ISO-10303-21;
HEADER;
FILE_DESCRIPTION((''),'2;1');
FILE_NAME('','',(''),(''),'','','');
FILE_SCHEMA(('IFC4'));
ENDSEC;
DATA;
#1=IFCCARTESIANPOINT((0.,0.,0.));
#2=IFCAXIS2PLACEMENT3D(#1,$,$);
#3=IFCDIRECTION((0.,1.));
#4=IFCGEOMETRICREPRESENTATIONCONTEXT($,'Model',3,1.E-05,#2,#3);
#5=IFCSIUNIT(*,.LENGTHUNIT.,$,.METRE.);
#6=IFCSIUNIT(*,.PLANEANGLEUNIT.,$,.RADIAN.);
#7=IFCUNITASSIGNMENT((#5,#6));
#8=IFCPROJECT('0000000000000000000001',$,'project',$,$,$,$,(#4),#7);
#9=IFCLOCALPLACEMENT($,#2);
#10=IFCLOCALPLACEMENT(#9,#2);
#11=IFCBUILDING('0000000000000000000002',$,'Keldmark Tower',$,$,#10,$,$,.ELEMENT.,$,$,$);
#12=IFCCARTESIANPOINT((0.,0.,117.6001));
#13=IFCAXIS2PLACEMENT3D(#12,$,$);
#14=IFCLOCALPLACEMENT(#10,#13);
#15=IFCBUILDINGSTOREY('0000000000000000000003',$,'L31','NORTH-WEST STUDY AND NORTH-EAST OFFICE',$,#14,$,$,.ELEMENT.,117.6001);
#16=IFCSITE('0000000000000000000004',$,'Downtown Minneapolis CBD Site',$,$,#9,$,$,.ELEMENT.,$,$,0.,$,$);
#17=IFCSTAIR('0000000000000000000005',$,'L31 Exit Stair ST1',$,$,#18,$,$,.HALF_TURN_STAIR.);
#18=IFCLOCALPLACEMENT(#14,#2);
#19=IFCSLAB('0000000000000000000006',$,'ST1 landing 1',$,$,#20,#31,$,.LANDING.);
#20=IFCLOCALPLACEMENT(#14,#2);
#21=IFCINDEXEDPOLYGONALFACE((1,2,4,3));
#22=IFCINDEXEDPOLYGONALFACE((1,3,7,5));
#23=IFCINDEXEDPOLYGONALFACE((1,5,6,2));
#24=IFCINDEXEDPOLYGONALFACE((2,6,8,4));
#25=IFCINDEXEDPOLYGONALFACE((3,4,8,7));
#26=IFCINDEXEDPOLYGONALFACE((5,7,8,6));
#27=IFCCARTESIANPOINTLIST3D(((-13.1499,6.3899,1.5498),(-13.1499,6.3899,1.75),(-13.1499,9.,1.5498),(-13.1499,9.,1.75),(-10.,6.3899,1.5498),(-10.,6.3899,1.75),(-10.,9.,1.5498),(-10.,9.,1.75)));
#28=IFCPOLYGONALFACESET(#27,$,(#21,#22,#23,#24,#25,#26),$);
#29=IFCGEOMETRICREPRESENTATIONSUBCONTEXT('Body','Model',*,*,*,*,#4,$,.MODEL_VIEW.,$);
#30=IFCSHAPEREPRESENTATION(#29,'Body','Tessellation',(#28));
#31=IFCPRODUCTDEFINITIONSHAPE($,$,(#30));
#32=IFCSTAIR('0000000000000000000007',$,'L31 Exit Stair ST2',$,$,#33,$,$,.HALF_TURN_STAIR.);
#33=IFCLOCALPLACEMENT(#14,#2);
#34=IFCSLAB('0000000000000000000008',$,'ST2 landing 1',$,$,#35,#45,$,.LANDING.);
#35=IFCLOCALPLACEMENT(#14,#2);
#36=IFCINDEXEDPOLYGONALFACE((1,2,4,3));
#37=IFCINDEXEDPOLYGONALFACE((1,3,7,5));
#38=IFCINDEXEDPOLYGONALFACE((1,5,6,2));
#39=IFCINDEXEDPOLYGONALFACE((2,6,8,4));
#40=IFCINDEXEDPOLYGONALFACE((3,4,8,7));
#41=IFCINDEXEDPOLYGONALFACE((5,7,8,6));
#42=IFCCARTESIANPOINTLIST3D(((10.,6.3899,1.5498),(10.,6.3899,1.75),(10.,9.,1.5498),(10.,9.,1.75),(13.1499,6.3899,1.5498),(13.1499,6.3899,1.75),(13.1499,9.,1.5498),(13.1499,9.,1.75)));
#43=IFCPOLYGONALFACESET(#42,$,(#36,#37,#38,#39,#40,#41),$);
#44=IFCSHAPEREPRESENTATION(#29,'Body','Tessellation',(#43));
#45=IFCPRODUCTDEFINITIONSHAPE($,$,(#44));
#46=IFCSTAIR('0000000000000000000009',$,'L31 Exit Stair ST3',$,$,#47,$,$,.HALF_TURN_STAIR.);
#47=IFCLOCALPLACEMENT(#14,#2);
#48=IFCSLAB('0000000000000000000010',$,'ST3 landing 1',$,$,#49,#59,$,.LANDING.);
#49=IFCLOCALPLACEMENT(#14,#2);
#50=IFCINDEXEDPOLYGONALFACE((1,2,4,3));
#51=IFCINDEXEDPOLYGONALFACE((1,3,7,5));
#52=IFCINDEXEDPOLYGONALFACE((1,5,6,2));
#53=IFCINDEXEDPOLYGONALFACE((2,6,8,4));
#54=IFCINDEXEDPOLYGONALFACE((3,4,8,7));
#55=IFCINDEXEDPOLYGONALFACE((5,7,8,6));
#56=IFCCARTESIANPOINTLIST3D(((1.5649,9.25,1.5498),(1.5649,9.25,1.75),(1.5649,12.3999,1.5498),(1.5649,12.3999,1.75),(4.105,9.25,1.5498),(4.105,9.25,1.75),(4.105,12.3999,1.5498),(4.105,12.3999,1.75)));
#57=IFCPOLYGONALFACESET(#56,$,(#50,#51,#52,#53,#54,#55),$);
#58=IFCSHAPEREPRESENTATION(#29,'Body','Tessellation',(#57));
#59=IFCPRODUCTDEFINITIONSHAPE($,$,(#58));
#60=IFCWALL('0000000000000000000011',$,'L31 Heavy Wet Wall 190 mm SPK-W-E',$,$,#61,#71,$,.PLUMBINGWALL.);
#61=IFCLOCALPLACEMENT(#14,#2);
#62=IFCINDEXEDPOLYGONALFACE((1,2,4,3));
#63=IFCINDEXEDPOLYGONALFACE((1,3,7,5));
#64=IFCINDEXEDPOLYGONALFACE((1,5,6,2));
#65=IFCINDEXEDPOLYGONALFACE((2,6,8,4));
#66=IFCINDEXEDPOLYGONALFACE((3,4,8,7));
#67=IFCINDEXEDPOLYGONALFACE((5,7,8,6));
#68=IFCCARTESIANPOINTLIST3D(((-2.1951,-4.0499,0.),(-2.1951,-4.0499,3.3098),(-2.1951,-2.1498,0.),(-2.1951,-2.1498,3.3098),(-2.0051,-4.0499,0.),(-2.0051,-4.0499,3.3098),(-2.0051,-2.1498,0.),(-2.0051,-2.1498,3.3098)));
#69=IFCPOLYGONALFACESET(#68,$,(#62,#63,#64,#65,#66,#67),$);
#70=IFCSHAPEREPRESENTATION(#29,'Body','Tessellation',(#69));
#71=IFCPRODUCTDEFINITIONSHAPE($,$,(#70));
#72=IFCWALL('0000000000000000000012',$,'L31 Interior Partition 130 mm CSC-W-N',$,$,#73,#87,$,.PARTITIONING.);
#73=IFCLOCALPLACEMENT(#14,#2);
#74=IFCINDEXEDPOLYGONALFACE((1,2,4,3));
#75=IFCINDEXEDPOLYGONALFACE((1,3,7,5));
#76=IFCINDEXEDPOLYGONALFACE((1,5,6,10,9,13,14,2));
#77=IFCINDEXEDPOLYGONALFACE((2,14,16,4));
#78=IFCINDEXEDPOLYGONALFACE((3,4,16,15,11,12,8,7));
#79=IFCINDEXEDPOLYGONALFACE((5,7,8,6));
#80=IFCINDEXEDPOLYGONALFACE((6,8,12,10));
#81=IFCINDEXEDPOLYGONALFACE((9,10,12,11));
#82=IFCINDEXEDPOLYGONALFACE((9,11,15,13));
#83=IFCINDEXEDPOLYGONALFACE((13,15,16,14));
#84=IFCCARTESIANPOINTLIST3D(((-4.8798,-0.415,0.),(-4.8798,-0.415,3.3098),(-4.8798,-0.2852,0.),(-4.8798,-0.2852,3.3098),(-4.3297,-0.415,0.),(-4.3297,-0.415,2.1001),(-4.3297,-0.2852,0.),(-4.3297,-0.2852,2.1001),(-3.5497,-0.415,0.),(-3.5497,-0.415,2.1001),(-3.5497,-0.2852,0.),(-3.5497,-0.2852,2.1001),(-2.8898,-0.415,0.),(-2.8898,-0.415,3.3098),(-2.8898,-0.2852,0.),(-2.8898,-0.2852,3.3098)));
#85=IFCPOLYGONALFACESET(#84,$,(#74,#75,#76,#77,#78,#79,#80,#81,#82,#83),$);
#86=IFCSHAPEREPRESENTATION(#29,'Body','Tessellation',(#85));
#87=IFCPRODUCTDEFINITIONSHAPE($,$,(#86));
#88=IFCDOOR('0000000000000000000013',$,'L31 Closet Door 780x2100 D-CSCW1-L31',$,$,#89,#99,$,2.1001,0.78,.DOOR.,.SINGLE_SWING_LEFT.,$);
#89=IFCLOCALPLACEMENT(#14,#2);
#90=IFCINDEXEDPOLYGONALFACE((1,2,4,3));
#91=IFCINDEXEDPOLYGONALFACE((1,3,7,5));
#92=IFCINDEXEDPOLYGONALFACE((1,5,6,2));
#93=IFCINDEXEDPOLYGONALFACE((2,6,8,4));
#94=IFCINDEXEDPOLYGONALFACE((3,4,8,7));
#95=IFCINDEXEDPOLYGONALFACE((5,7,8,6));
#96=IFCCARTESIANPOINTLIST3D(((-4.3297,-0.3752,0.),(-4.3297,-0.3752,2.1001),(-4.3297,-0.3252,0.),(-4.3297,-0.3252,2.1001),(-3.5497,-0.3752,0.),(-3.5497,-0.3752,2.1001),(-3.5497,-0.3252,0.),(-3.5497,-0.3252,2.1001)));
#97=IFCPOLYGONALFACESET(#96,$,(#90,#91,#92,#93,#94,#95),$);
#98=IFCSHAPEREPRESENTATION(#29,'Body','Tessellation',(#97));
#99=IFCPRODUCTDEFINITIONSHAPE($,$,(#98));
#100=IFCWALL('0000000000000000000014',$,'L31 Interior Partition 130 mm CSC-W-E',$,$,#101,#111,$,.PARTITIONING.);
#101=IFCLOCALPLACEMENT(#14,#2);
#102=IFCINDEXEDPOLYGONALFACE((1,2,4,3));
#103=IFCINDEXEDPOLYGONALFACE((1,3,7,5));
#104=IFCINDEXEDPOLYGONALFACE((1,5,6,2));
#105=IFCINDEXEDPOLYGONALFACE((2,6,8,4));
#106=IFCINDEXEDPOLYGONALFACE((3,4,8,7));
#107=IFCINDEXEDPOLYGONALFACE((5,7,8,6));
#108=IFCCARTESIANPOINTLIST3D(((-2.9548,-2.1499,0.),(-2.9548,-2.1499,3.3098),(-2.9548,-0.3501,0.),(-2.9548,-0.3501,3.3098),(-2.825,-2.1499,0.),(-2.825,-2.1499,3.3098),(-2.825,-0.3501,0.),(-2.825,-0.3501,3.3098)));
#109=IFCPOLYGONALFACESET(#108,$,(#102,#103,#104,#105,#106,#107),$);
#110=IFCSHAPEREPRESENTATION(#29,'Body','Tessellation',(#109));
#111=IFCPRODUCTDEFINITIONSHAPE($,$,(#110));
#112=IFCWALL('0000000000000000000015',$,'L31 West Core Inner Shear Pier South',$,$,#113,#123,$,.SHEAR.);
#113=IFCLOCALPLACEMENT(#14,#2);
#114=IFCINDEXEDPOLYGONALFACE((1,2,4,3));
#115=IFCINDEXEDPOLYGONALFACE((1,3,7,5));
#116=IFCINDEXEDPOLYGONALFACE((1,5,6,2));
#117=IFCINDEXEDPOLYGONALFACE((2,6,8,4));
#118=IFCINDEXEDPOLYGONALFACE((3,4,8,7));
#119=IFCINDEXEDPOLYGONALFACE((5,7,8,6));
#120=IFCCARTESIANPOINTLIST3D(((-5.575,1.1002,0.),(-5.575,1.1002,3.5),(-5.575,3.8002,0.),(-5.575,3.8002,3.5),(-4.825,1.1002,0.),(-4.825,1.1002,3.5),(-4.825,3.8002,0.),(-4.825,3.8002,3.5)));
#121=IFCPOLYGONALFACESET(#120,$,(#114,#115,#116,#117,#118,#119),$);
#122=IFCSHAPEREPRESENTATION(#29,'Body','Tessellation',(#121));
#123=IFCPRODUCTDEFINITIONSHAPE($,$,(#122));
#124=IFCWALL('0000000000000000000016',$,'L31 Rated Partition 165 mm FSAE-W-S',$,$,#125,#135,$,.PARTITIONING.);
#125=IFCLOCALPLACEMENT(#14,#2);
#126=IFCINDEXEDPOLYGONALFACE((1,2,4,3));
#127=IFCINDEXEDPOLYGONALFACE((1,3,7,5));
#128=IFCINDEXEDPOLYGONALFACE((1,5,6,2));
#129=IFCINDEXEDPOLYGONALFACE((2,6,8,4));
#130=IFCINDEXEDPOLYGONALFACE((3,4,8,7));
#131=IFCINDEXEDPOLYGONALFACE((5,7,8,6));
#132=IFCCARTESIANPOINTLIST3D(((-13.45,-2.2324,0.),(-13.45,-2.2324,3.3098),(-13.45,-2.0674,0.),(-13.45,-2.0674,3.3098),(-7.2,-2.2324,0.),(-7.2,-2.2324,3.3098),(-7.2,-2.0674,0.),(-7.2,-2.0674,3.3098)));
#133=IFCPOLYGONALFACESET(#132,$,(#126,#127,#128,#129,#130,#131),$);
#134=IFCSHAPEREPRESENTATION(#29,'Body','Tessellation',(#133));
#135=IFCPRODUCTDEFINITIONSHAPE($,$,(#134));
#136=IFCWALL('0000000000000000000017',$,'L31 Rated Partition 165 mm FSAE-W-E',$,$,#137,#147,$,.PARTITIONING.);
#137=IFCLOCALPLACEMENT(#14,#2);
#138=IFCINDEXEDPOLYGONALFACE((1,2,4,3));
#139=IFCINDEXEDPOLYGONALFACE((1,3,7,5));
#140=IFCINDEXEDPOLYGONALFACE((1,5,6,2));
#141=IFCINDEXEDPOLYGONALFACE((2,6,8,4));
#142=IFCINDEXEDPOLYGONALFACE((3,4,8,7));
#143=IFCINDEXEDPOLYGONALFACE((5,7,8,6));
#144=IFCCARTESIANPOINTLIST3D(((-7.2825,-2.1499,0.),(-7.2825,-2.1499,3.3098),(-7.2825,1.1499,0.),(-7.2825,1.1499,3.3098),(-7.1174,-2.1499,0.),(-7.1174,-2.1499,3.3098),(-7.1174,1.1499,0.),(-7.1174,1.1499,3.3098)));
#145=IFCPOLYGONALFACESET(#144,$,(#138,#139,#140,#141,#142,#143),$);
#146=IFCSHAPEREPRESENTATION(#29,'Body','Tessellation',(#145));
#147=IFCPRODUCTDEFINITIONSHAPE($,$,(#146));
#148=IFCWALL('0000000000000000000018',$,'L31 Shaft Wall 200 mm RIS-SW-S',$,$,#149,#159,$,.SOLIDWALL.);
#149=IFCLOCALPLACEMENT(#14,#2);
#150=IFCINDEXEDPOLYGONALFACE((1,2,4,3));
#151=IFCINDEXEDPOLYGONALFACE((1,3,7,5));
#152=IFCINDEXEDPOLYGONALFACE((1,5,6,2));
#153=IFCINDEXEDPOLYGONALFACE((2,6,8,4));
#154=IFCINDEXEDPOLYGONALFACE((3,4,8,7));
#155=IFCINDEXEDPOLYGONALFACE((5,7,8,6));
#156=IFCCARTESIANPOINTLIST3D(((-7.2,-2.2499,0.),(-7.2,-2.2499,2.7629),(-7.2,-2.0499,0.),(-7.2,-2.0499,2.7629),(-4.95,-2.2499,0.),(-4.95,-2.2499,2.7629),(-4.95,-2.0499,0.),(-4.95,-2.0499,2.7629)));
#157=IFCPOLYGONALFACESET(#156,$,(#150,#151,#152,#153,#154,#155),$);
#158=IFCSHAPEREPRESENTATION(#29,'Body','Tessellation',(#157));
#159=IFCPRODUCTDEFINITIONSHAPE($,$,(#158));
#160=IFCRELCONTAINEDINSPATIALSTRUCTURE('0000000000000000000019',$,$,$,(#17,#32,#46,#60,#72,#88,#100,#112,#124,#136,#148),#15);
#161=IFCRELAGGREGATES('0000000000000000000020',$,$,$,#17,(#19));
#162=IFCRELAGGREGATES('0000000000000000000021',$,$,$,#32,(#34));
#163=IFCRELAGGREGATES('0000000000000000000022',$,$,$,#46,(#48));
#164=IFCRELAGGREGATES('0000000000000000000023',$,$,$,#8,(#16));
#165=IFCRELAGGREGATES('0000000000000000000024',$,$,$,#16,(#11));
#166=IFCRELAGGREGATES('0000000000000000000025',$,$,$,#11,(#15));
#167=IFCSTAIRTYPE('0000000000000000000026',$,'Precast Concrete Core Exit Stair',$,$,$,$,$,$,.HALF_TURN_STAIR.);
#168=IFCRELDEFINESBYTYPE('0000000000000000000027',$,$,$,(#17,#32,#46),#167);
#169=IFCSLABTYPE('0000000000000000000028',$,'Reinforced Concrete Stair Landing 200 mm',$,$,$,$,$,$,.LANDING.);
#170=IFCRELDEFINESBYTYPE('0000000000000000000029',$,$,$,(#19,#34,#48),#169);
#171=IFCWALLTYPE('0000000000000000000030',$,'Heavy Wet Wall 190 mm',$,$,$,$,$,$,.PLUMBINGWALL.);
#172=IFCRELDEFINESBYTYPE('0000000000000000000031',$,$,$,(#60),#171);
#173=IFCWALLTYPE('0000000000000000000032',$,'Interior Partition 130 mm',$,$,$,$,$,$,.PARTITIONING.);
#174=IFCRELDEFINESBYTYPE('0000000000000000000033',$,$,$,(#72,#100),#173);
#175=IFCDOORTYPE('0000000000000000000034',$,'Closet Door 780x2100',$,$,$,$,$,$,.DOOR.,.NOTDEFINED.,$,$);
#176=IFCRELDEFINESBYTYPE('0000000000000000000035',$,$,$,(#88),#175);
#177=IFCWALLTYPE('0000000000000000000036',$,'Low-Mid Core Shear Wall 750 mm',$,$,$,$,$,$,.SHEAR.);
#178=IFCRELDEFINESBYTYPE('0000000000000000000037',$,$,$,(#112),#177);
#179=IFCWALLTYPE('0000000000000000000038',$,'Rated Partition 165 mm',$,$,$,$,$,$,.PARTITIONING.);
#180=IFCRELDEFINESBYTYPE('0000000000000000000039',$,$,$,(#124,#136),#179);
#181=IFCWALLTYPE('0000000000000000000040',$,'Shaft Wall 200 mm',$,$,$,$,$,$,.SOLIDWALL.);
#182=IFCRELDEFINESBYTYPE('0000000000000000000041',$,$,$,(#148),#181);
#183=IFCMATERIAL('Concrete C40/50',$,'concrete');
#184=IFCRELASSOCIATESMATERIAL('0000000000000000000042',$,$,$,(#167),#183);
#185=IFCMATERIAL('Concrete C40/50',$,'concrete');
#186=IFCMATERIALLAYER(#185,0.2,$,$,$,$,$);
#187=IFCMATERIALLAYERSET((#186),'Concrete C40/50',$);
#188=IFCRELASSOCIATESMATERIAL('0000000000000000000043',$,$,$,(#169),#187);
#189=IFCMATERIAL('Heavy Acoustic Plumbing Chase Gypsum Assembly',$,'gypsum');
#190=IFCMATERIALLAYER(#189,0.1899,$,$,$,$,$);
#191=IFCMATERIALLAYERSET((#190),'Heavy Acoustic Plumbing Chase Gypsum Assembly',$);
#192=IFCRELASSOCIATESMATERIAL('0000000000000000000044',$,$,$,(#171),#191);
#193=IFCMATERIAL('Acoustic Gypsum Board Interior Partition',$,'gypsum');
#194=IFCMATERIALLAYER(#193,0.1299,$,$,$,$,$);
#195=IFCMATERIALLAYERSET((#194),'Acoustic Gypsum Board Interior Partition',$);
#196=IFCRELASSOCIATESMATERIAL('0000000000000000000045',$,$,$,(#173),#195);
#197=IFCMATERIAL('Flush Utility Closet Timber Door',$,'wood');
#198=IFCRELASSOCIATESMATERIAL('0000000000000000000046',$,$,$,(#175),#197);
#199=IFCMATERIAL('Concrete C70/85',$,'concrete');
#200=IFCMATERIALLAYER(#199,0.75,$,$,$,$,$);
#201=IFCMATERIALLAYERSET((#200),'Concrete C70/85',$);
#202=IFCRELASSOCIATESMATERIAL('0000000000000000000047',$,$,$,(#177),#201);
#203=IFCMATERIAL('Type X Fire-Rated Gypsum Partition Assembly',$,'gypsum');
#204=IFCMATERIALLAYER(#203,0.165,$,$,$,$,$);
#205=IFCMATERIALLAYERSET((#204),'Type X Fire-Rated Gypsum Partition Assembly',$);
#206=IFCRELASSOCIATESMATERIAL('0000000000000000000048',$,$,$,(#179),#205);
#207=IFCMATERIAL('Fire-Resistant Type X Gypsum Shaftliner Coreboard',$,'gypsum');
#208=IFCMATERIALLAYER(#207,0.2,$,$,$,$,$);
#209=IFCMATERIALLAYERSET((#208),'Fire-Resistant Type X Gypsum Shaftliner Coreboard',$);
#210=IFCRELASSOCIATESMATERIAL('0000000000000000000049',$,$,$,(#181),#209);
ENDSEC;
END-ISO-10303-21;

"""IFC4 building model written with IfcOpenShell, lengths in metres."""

from ifc_helpers import new_model, si_unit, direction, frame, frame_2d, origin, place, context, subcontext, project, spatial, polyline, rectangle, outline, extrude, material, layer, layer_set, type_object, element, fill, aggregate, save


model = new_model("IFC4")

# Units and contexts
model_context = context("Model", 3, precision=1e-05, world=origin(), true_north=direction((0.0, 1.0)))
body_context = subcontext(model_context, "Body", "Model", "MODEL_VIEW")
ifc_project = project(units=[si_unit("LENGTHUNIT", "METRE"), si_unit("PLANEANGLEUNIT", "RADIAN")], contexts=[model_context])

# Site, building, storey
site_placement = place(None, origin())
site = spatial("IfcSite", under=ifc_project, at=site_placement, Name="Downtown Minneapolis CBD Site", CompositionType="ELEMENT", RefElevation=0.0)
building_placement = place(site_placement, origin())
building = spatial("IfcBuilding", under=site, at=building_placement, Name="Keldmark Tower", CompositionType="ELEMENT")
storey_placement = place(building_placement, frame((0.0, 0.0, 117.6001)))
storey = spatial("IfcBuildingStorey", under=building, at=storey_placement, Name="L31", Description="NORTH-WEST STUDY AND NORTH-EAST OFFICE", CompositionType="ELEMENT", Elevation=117.6001)

# Stairs, slabs
ifc_material_1 = material(Name="Concrete C40/50", Category="concrete")
stair_type = type_object("IfcStairType", Name="Precast Concrete Core Exit Stair", PredefinedType="HALF_TURN_STAIR", material=ifc_material_1)
stair_1_placement = place(storey_placement, origin())
stair_1 = element("IfcStair", 1, at=stair_1_placement, inside=storey, type_object=stair_type, Name="L31 Exit Stair ST1", PredefinedType="HALF_TURN_STAIR")
ifc_material_2 = material(Name="Concrete C40/50", Category="concrete")
ifc_layer_1 = layer(ifc_material_2, 0.2)
ifc_layer_set_1 = layer_set([ifc_layer_1], Name="Concrete C40/50")
slab_type_1 = type_object("IfcSlabType", Name="Reinforced Concrete Stair Landing 200 mm", PredefinedType="LANDING", material=ifc_layer_set_1)
slab_1_placement = place(storey_placement, frame((0.0, 0.0, 1.5498)))
slab_1 = element("IfcSlab", 2, at=slab_1_placement, type_object=slab_type_1, Name="ST1 landing 1", PredefinedType="LANDING", context=body_context, shape_type="SweptSolid", body=[
    extrude(outline(polyline([(-10.0, 6.3899), (-10.0, 9.0), (-13.1499, 9.0), (-13.1499, 6.3899), (-10.0, 6.3899)])), origin(), (0.0, 0.0, 1.0), 0.2002),
])
aggregate(stair_1, [slab_1])
stair_2_placement = place(storey_placement, origin())
stair_2 = element("IfcStair", 3, at=stair_2_placement, inside=storey, type_object=stair_type, Name="L31 Exit Stair ST2", PredefinedType="HALF_TURN_STAIR")
slab_2_placement = place(storey_placement, frame((0.0, 0.0, 1.5498)))
slab_2 = element("IfcSlab", 4, at=slab_2_placement, type_object=slab_type_1, Name="ST2 landing 1", PredefinedType="LANDING", context=body_context, shape_type="SweptSolid", body=[
    extrude(outline(polyline([(13.1499, 6.3899), (13.1499, 9.0), (10.0, 9.0), (10.0, 6.3899), (13.1499, 6.3899)])), origin(), (0.0, 0.0, 1.0), 0.2002),
])
aggregate(stair_2, [slab_2])
stair_3_placement = place(storey_placement, origin())
stair_3 = element("IfcStair", 5, at=stair_3_placement, inside=storey, type_object=stair_type, Name="L31 Exit Stair ST3", PredefinedType="HALF_TURN_STAIR")
slab_3_placement = place(storey_placement, frame((0.0, 0.0, 1.5498)))
slab_3 = element("IfcSlab", 6, at=slab_3_placement, type_object=slab_type_1, Name="ST3 landing 1", PredefinedType="LANDING", context=body_context, shape_type="SweptSolid", body=[
    extrude(outline(polyline([(1.5649, 9.25), (4.105, 9.25), (4.105, 12.3999), (1.5649, 12.3999), (1.5649, 9.25)])), origin(), (0.0, 0.0, 1.0), 0.2002),
])
aggregate(stair_3, [slab_3])

# Wall
ifc_material_3 = material(Name="Heavy Acoustic Plumbing Chase Gypsum Assembly", Category="gypsum")
ifc_layer_2 = layer(ifc_material_3, 0.1899)
ifc_layer_set_2 = layer_set([ifc_layer_2], Name="Heavy Acoustic Plumbing Chase Gypsum Assembly")
wall_type_1 = type_object("IfcWallType", Name="Heavy Wet Wall 190 mm", PredefinedType="PLUMBINGWALL", material=ifc_layer_set_2)
wall_1_placement = place(storey_placement, frame((-2.1001, -4.05, 0.0), z_axis=(0.0, 0.0, 1.0), x_axis=(0.0, 1.0, 0.0)))
element("IfcWall", 7, at=wall_1_placement, inside=storey, type_object=wall_type_1, Name="L31 Heavy Wet Wall 190 mm SPK-W-E", PredefinedType="PLUMBINGWALL", context=body_context, shape_type="SweptSolid", body=[
    extrude(rectangle(XDim=1.9001, YDim=0.1899, at=frame_2d((0.9502, 0.0))), origin(), (0.0, 0.0, 1.0), 3.3098),
])

# Wall, opening, door
ifc_material_4 = material(Name="Acoustic Gypsum Board Interior Partition", Category="gypsum")
ifc_layer_3 = layer(ifc_material_4, 0.1299)
ifc_layer_set_3 = layer_set([ifc_layer_3], Name="Acoustic Gypsum Board Interior Partition")
wall_type_2 = type_object("IfcWallType", Name="Interior Partition 130 mm", PredefinedType="PARTITIONING", material=ifc_layer_set_3)
wall_2_placement = place(storey_placement, frame((-4.8799, -0.3501, 0.0), z_axis=(0.0, 0.0, 1.0), x_axis=(1.0, 0.0, 0.0)))
wall_2 = element("IfcWall", 8, at=wall_2_placement, inside=storey, type_object=wall_type_2, Name="L31 Interior Partition 130 mm CSC-W-N", PredefinedType="PARTITIONING", context=body_context, shape_type="SweptSolid", body=[
    extrude(rectangle(XDim=1.99, YDim=0.1299, at=frame_2d((0.9951, 0.0))), origin(), (0.0, 0.0, 1.0), 3.3098),
])
opening_1_placement = place(wall_2_placement, frame((0.55, 0.0, 0.0)))
opening_1 = element("IfcOpeningElement", 9, at=opening_1_placement, cuts=wall_2, PredefinedType="OPENING", context=body_context, shape_type="SweptSolid", body=[
    extrude(rectangle(XDim=0.78, YDim=2.1001, at=frame_2d((0.3901, 1.05))), frame((0.0, 0.075, 0.0), z_axis=(0.0, -1.0, 0.0), x_axis=(1.0, 0.0, 0.0)), (0.0, 0.0, 1.0), 0.1499),
])
ifc_material_5 = material(Name="Flush Utility Closet Timber Door", Category="wood")
door_type_1 = type_object("IfcDoorType", Name="Closet Door 780x2100", OperationType="NOTDEFINED", PredefinedType="DOOR", material=ifc_material_5)
door_1_placement = place(opening_1_placement, origin())
door_1 = element("IfcDoor", 10, at=door_1_placement, inside=storey, type_object=door_type_1, Name="L31 Closet Door 780x2100 D-CSCW1-L31", OperationType="SINGLE_SWING_LEFT", OverallHeight=2.1001, OverallWidth=0.78, PredefinedType="DOOR", context=body_context, shape_type="SweptSolid", body=[
    extrude(rectangle(XDim=0.78, YDim=2.1001, at=frame_2d((0.3901, 1.05))), frame((0.0, 0.0249, 0.0), z_axis=(0.0, -1.0, 0.0), x_axis=(1.0, 0.0, 0.0)), (0.0, 0.0, 1.0), 0.05),
])
fill(opening_1, door_1)

# Wall
wall_3_placement = place(storey_placement, frame((-2.8899, -2.1499, 0.0), z_axis=(0.0, 0.0, 1.0), x_axis=(0.0, 1.0, 0.0)))
element("IfcWall", 11, at=wall_3_placement, inside=storey, type_object=wall_type_2, Name="L31 Interior Partition 130 mm CSC-W-E", PredefinedType="PARTITIONING", context=body_context, shape_type="SweptSolid", body=[
    extrude(rectangle(XDim=1.7998, YDim=0.1299, at=frame_2d((0.8999, 0.0))), origin(), (0.0, 0.0, 1.0), 3.3098),
])

# Shared definitions
ifc_material_6 = material(Name="Concrete C70/85", Category="concrete")
ifc_layer_4 = layer(ifc_material_6, 0.75)
ifc_layer_set_4 = layer_set([ifc_layer_4], Name="Concrete C70/85")
wall_type_3 = type_object("IfcWallType", Name="Low-Mid Core Shear Wall 750 mm", PredefinedType="SHEAR", material=ifc_layer_set_4)

# Walls
wall_4_placement = place(storey_placement, frame((-5.2, 1.1001, 0.0), z_axis=(0.0, 0.0, 1.0), x_axis=(0.0, 1.0, 0.0)))
element("IfcWall", 12, at=wall_4_placement, inside=storey, type_object=wall_type_3, Name="L31 West Core Inner Shear Pier South", PredefinedType="SHEAR", context=body_context, shape_type="SweptSolid", body=[
    extrude(rectangle(XDim=2.7, YDim=0.75, at=frame_2d((1.3501, 0.0))), origin(), (0.0, 0.0, 1.0), 3.5),
])
ifc_material_7 = material(Name="Type X Fire-Rated Gypsum Partition Assembly", Category="gypsum")
ifc_layer_5 = layer(ifc_material_7, 0.165)
ifc_layer_set_5 = layer_set([ifc_layer_5], Name="Type X Fire-Rated Gypsum Partition Assembly")
wall_type_4 = type_object("IfcWallType", Name="Rated Partition 165 mm", PredefinedType="PARTITIONING", material=ifc_layer_set_5)
wall_5_placement = place(storey_placement, frame((-13.45, -2.1499, 0.0), z_axis=(0.0, 0.0, 1.0), x_axis=(1.0, 0.0, 0.0)))
element("IfcWall", 13, at=wall_5_placement, inside=storey, type_object=wall_type_4, Name="L31 Rated Partition 165 mm FSAE-W-S", PredefinedType="PARTITIONING", context=body_context, shape_type="SweptSolid", body=[
    extrude(rectangle(XDim=6.25, YDim=0.165, at=frame_2d((3.125, 0.0))), origin(), (0.0, 0.0, 1.0), 3.3098),
])

# Walls
wall_6_placement = place(storey_placement, frame((-7.2, -2.1499, 0.0), z_axis=(0.0, 0.0, 1.0), x_axis=(0.0, 1.0, 0.0)))
element("IfcWall", 14, at=wall_6_placement, inside=storey, type_object=wall_type_4, Name="L31 Rated Partition 165 mm FSAE-W-E", PredefinedType="PARTITIONING", context=body_context, shape_type="SweptSolid", body=[
    extrude(rectangle(XDim=3.2998, YDim=0.165, at=frame_2d((1.6499, 0.0))), origin(), (0.0, 0.0, 1.0), 3.3098),
])
ifc_material_8 = material(Name="Fire-Resistant Type X Gypsum Shaftliner Coreboard", Category="gypsum")
ifc_layer_6 = layer(ifc_material_8, 0.2)
ifc_layer_set_6 = layer_set([ifc_layer_6], Name="Fire-Resistant Type X Gypsum Shaftliner Coreboard")
wall_type_5 = type_object("IfcWallType", Name="Shaft Wall 200 mm", PredefinedType="SOLIDWALL", material=ifc_layer_set_6)
wall_7_placement = place(storey_placement, frame((-7.2, -2.1499, 0.0), z_axis=(0.0, 0.0, 1.0), x_axis=(1.0, 0.0, 0.0)))
element("IfcWall", 15, at=wall_7_placement, inside=storey, type_object=wall_type_5, Name="L31 Shaft Wall 200 mm RIS-SW-S", PredefinedType="SOLIDWALL", context=body_context, shape_type="SweptSolid", body=[
    extrude(rectangle(XDim=2.25, YDim=0.2, at=frame_2d((1.125, 0.0))), origin(), (0.0, 0.0, 1.0), 2.7629),
])

save(model, "model.ifc")
